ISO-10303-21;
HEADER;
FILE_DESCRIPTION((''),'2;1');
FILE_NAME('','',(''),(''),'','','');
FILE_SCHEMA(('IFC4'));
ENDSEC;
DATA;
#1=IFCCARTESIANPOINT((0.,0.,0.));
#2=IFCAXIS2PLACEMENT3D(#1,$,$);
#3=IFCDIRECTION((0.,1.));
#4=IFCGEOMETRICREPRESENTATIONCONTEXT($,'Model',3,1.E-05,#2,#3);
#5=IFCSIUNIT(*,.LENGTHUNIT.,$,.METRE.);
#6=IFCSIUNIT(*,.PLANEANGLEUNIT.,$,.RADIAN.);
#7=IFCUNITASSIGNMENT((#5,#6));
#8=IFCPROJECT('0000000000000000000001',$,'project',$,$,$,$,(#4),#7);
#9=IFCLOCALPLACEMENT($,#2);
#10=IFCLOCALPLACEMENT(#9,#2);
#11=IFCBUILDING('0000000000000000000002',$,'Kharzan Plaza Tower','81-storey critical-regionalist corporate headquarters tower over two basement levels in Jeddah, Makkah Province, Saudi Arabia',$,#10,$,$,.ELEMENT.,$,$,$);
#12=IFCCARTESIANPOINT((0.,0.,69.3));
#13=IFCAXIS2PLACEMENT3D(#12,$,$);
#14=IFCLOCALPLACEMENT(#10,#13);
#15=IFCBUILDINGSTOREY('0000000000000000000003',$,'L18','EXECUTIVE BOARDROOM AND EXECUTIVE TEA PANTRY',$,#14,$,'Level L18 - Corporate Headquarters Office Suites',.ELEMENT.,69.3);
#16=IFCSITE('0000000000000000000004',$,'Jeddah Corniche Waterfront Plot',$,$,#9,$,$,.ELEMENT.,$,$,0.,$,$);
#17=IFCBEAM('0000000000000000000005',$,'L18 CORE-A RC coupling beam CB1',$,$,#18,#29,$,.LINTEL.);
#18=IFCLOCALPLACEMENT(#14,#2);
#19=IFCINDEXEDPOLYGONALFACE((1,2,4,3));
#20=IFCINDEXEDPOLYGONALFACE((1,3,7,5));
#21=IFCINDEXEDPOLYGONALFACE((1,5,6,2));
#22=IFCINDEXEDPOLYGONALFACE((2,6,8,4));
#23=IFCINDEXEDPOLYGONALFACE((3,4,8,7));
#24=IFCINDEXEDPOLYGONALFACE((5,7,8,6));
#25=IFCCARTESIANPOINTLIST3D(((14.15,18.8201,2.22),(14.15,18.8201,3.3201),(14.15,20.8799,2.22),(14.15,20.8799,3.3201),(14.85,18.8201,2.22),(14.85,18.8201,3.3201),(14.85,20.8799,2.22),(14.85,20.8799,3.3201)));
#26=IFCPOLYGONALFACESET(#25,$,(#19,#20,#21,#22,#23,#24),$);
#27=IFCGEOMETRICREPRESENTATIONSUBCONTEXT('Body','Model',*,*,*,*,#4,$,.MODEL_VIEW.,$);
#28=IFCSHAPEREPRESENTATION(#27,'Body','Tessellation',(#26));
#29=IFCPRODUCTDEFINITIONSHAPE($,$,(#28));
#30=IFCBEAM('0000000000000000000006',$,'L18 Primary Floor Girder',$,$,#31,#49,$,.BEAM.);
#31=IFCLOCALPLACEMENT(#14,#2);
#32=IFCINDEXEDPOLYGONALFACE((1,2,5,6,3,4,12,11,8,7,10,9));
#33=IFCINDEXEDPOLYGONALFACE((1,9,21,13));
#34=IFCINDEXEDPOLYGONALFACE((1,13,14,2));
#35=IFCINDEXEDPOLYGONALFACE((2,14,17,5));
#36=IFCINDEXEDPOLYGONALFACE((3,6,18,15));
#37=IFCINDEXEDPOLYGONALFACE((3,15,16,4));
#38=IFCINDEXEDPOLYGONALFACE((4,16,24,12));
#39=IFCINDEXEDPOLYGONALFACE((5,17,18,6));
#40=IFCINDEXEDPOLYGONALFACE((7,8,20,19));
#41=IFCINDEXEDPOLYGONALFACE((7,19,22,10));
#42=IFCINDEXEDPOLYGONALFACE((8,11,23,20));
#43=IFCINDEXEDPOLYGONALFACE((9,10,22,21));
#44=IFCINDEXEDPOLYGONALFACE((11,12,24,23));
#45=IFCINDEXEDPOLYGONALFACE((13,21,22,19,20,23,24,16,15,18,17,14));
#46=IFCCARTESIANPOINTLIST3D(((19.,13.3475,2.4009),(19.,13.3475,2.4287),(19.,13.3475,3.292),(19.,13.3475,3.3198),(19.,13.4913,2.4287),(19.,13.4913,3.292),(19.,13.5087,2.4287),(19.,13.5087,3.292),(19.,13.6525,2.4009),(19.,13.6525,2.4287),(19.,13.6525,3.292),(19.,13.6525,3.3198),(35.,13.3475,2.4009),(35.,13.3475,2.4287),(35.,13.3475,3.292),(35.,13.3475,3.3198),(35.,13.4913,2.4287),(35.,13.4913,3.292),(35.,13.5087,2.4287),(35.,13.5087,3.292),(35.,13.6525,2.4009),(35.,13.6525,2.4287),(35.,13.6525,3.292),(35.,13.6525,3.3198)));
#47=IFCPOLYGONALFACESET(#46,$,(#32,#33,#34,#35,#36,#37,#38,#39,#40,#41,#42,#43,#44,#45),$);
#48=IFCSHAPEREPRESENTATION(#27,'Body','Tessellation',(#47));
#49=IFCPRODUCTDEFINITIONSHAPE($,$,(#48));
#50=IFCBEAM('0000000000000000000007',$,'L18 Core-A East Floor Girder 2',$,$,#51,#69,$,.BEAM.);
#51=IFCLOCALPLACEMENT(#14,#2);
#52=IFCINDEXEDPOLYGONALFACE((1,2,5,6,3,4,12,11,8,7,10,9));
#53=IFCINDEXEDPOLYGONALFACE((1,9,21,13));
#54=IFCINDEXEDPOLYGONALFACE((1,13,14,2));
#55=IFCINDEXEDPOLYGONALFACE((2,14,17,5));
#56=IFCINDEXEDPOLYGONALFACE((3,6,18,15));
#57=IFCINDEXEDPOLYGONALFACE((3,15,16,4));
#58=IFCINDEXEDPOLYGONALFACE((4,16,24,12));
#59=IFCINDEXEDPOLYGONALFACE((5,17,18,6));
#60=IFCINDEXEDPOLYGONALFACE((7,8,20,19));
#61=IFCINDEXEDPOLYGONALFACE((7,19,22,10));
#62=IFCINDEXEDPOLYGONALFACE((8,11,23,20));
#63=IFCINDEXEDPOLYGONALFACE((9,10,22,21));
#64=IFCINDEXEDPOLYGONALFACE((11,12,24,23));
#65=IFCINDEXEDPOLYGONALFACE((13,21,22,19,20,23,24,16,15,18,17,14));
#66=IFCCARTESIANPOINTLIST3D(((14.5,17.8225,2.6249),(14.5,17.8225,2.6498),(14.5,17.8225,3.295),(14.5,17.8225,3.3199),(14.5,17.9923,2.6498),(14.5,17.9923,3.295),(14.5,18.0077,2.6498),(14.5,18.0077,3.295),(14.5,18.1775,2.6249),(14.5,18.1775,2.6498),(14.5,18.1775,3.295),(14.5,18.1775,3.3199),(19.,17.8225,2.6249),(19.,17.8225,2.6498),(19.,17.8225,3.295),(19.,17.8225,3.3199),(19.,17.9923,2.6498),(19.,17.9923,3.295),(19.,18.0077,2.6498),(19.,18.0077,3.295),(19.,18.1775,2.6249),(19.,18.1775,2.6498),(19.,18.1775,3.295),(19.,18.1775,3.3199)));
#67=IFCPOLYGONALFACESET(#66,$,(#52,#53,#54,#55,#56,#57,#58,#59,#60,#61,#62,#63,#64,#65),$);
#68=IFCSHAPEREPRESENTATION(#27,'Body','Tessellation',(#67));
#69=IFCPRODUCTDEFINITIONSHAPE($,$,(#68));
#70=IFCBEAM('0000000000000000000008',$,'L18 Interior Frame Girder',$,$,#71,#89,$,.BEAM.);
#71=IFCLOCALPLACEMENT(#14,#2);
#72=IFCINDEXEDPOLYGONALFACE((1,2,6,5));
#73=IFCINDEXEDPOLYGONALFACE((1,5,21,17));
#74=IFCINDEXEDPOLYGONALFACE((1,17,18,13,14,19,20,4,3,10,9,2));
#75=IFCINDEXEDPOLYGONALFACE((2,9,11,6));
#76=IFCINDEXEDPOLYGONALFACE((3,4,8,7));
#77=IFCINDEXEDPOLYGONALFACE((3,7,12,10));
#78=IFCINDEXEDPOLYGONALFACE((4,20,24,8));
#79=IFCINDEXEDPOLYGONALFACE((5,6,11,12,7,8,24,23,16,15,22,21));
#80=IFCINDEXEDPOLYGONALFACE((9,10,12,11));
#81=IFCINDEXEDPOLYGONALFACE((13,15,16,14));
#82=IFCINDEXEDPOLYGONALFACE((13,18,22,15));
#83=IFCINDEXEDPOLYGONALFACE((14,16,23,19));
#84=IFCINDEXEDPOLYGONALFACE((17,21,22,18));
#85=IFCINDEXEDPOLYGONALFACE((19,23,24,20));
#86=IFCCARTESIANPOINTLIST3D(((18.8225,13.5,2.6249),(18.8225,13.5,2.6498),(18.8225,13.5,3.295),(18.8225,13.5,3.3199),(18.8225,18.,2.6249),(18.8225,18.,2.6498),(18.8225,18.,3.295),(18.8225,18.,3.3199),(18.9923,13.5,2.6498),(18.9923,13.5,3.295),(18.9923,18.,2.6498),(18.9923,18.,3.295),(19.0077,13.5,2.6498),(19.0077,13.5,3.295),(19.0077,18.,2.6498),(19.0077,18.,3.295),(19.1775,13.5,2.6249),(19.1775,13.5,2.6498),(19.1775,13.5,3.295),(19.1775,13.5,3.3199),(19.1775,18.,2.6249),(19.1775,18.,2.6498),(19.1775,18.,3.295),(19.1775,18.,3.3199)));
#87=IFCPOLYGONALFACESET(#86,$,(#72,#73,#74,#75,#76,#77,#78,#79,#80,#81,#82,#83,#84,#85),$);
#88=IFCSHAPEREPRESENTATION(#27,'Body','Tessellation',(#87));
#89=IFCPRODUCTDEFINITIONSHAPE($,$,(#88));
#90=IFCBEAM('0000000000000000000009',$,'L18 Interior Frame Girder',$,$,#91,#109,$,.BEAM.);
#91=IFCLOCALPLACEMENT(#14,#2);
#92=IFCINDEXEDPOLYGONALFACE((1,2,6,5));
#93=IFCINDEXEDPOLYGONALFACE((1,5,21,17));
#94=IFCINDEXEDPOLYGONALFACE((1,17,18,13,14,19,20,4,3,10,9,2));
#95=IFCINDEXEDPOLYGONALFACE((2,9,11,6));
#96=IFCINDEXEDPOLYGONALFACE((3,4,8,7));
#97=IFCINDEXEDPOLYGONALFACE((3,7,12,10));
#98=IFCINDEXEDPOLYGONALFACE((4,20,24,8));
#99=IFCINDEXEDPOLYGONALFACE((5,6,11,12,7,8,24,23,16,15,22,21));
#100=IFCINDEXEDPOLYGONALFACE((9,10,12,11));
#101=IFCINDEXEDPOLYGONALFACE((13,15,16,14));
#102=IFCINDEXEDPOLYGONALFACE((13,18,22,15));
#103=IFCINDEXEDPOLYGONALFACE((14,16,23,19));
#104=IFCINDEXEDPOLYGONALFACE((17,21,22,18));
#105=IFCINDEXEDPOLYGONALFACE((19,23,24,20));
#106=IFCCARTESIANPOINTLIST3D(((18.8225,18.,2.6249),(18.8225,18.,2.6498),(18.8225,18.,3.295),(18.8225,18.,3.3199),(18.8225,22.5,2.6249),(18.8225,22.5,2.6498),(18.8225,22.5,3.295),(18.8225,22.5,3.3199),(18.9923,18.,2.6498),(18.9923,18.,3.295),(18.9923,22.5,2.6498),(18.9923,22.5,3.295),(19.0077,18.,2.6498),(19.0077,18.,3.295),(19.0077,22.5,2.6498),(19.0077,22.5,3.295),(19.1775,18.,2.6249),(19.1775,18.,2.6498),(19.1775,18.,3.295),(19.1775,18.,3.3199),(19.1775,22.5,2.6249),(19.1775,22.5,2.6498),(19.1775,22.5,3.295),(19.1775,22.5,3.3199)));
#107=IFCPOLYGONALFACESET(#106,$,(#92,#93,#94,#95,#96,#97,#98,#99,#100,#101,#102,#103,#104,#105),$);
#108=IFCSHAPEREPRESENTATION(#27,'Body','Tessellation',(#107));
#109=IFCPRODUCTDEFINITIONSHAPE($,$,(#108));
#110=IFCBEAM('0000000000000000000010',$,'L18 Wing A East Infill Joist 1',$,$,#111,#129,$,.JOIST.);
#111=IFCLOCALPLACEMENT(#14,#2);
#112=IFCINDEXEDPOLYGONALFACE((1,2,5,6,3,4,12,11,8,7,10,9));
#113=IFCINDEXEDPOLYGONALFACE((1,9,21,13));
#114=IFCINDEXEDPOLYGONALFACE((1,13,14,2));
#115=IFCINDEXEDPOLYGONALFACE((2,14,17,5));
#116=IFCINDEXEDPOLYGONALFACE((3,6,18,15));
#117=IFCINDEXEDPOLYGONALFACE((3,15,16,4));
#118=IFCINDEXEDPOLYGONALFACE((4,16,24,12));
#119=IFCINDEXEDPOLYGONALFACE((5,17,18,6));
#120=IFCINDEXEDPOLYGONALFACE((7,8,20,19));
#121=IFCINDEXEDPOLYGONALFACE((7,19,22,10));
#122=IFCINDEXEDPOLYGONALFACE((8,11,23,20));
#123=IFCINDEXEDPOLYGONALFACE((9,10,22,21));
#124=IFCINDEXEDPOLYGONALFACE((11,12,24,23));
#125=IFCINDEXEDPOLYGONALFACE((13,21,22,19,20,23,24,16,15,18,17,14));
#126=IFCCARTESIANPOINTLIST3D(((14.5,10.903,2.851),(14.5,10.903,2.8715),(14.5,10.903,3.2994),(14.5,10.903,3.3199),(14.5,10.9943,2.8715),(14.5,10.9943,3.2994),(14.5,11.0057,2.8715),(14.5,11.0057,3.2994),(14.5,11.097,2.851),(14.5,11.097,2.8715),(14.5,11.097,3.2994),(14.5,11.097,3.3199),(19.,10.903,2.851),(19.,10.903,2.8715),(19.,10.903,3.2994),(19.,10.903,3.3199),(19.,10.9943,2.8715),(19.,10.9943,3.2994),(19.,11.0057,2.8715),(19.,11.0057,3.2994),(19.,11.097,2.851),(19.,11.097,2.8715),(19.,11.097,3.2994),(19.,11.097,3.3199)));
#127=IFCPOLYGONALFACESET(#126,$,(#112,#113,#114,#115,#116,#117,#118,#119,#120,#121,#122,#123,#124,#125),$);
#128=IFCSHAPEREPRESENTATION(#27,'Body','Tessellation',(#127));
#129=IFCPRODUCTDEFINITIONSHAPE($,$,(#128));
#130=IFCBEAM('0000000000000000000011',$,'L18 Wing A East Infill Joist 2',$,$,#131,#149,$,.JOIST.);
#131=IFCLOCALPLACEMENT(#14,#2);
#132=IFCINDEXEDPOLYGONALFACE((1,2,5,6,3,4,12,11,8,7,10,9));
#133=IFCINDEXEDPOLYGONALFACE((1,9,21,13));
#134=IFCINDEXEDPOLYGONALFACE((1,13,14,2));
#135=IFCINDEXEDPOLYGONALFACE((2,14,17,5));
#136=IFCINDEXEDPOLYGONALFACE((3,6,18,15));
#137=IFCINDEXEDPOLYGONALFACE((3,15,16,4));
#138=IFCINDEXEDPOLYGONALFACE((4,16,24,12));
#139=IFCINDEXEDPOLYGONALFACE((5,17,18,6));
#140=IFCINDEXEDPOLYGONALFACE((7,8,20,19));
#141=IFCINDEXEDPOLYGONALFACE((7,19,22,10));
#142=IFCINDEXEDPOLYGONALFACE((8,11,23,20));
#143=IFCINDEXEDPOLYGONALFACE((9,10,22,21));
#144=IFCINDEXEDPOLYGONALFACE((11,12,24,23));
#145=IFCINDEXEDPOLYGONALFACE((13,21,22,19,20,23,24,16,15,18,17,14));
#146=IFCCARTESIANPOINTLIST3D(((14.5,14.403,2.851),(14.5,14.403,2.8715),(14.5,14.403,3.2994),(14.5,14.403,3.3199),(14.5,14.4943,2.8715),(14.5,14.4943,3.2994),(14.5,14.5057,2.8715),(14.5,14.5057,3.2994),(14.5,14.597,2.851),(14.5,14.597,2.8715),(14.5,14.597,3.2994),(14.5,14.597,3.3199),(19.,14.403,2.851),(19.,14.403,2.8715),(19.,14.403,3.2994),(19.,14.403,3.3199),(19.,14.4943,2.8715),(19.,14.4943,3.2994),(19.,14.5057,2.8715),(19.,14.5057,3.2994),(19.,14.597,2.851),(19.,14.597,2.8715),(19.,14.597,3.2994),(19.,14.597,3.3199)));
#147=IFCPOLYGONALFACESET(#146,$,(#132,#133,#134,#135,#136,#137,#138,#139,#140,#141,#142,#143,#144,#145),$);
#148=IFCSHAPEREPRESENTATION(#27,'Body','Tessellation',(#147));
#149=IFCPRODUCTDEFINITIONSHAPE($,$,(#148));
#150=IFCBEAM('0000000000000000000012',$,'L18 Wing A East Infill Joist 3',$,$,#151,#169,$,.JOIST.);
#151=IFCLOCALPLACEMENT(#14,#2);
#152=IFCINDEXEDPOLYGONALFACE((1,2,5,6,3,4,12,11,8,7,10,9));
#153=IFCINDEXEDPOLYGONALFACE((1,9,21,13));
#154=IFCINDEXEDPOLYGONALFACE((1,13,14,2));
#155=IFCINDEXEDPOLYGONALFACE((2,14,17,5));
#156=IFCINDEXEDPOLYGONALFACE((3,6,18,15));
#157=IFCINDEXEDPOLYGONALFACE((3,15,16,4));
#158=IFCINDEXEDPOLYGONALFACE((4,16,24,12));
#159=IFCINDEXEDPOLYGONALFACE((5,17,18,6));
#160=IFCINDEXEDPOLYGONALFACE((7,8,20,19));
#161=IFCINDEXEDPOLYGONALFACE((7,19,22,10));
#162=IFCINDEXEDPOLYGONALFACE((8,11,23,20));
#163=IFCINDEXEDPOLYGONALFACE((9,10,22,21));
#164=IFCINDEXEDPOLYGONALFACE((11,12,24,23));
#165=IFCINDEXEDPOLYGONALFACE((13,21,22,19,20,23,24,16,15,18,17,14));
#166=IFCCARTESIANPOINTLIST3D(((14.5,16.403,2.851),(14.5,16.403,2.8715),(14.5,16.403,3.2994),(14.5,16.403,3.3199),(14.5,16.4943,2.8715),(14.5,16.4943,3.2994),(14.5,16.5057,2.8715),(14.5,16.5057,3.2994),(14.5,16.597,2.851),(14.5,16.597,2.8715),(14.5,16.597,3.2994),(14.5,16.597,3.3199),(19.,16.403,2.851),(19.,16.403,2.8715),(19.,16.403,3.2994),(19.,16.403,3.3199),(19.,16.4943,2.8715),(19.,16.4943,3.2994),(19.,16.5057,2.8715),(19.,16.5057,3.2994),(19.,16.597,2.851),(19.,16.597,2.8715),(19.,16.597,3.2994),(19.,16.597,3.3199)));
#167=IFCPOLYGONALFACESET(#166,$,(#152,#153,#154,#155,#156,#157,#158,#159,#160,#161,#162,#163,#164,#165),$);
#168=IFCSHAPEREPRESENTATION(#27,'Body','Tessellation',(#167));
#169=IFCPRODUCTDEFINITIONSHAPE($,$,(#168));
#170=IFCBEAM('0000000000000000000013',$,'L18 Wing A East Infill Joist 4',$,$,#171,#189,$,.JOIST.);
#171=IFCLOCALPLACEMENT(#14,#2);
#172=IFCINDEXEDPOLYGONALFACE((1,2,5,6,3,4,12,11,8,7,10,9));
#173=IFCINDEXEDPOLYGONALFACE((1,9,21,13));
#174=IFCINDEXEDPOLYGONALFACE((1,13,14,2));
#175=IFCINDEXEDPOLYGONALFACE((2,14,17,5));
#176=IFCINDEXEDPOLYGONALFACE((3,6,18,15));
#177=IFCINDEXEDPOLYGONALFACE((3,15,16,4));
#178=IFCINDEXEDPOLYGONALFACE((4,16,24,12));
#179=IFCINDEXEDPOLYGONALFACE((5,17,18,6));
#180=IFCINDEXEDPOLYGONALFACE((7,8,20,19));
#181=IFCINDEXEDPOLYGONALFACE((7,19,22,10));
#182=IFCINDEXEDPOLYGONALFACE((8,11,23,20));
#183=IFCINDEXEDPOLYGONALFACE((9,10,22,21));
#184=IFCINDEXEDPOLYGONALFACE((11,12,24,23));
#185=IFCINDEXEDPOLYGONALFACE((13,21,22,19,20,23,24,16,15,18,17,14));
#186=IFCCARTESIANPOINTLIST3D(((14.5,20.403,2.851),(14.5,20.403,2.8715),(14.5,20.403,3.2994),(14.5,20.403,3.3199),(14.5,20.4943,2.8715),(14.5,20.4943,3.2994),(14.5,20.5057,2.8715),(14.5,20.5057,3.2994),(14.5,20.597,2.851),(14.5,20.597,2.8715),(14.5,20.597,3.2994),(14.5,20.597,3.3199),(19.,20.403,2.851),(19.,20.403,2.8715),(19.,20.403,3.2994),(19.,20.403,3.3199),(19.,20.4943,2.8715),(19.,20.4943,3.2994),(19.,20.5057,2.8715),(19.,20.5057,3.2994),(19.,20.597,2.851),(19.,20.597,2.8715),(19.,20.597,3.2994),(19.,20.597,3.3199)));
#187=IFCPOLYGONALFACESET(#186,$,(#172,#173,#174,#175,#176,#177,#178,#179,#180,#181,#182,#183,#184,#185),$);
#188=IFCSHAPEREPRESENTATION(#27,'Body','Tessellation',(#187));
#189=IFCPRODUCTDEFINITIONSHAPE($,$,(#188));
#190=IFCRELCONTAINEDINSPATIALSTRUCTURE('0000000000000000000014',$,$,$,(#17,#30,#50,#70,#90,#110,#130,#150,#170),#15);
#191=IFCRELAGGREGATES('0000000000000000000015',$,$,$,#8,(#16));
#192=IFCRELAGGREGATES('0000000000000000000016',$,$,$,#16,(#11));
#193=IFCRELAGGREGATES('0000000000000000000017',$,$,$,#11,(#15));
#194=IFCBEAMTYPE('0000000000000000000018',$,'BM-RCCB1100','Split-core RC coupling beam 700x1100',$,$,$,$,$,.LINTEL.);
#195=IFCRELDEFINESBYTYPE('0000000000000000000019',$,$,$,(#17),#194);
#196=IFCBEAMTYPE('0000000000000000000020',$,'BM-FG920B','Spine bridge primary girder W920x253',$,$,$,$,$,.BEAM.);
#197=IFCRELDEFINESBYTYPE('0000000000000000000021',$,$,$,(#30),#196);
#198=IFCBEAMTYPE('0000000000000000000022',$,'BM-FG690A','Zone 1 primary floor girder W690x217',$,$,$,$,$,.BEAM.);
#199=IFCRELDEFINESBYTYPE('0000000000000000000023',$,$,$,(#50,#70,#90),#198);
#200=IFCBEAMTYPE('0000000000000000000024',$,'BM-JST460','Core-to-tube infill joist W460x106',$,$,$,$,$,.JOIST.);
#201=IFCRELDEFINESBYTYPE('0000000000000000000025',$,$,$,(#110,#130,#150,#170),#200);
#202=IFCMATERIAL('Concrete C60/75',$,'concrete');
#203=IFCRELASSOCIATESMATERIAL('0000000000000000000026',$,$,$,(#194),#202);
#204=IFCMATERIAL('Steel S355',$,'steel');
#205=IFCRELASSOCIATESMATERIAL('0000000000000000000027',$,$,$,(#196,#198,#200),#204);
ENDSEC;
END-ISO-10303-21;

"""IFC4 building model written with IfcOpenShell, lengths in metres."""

from ifc_helpers import new_model, si_unit, direction, frame, origin, origin_2d, place, context, subcontext, project, spatial, rectangle, i_section, extrude, source, transform, mapped, material, material_profile, profile_set, type_object, element, save


model = new_model("IFC4")

# Units and contexts
model_context = context("Model", 3, precision=1e-05, world=origin(), true_north=direction((0.0, 1.0)))
body_context = subcontext(model_context, "Body", "Model", "MODEL_VIEW")
ifc_project = project(units=[si_unit("LENGTHUNIT", "METRE"), si_unit("PLANEANGLEUNIT", "RADIAN")], contexts=[model_context])

# Site, building, storey
site_placement = place(None, origin())
site = spatial("IfcSite", under=ifc_project, at=site_placement, Name="Jeddah Corniche Waterfront Plot", CompositionType="ELEMENT", RefElevation=0.0)
building_placement = place(site_placement, origin())
building = spatial("IfcBuilding", under=site, at=building_placement, Name="Kharzan Plaza Tower", Description="81-storey critical-regionalist corporate headquarters tower over two basement levels in Jeddah, Makkah Province, Saudi Arabia", CompositionType="ELEMENT")
storey_placement = place(building_placement, frame((0.0, 0.0, 69.3)))
storey = spatial("IfcBuildingStorey", under=building, at=storey_placement, Name="L18", Description="EXECUTIVE BOARDROOM AND EXECUTIVE TEA PANTRY", LongName="Level L18 - Corporate Headquarters Office Suites", CompositionType="ELEMENT", Elevation=69.3)

# Beams
ifc_material_1 = material(Name="Concrete C60/75", Category="concrete")
ifc_material_profile_1 = material_profile(ifc_material_1, rectangle(XDim=0.7, YDim=1.1001, at=origin_2d()), Name="RC-CB1100x700")
ifc_profile_set_1 = profile_set([ifc_material_profile_1], Name="Concrete C60/75")
beam_type_1 = type_object("IfcBeamType", Name="BM-RCCB1100", Description="Split-core RC coupling beam 700x1100", PredefinedType="LINTEL", material=ifc_profile_set_1)
shared_shape_1 = source(origin(), body_context, "Body", "SweptSolid", [
    extrude(rectangle(XDim=0.7, YDim=1.1001, at=origin_2d()), origin(), (0.0, 0.0, 1.0), 2.0598),
])
beam_1_placement = place(storey_placement, frame((14.5, 18.8201, 2.77), z_axis=(0.0, 1.0, 0.0), x_axis=(-1.0, 0.0, 0.0)))
element("IfcBeam", 1, at=beam_1_placement, inside=storey, type_object=beam_type_1, Name="L18 CORE-A RC coupling beam CB1", PredefinedType="LINTEL", context=body_context, shape_type="MappedRepresentation", body=[
    mapped(shared_shape_1, transform((0.0, 0.0, 0.0), x_axis=(1.0, 0.0, 0.0), y_axis=(0.0, 1.0, 0.0), z_axis=(0.0, 0.0, 1.0))),
])
ifc_material_2 = material(Name="Steel S355", Category="steel")
ifc_material_profile_2 = material_profile(ifc_material_2, i_section(OverallWidth=0.3049, OverallDepth=0.9189, WebThickness=0.0173, FlangeThickness=0.0278, at=origin_2d()), Name="W920x253")
ifc_profile_set_2 = profile_set([ifc_material_profile_2], Name="Steel S355")
beam_type_2 = type_object("IfcBeamType", Name="BM-FG920B", Description="Spine bridge primary girder W920x253", PredefinedType="BEAM", material=ifc_profile_set_2)
shared_shape_2 = source(origin(), body_context, "Body", "SweptSolid", [
    extrude(i_section(OverallWidth=0.3049, OverallDepth=0.9189, WebThickness=0.0173, FlangeThickness=0.0278, at=origin_2d()), origin(), (0.0, 0.0, 1.0), 16.0),
])
beam_2_placement = place(storey_placement, frame((19.0, 13.5, 2.8604), z_axis=(1.0, 0.0, 0.0), x_axis=(0.0, 1.0, 0.0)))
element("IfcBeam", 2, at=beam_2_placement, inside=storey, type_object=beam_type_2, Name="L18 Primary Floor Girder", PredefinedType="BEAM", context=body_context, shape_type="MappedRepresentation", body=[
    mapped(shared_shape_2, transform((0.0, 0.0, 0.0), x_axis=(1.0, 0.0, 0.0), y_axis=(0.0, 1.0, 0.0), z_axis=(0.0, 0.0, 1.0))),
])
ifc_material_profile_3 = material_profile(ifc_material_2, i_section(OverallWidth=0.355, OverallDepth=0.6951, WebThickness=0.0154, FlangeThickness=0.0249, at=origin_2d()), Name="W690x217")
ifc_profile_set_3 = profile_set([ifc_material_profile_3], Name="Steel S355")
beam_type_3 = type_object("IfcBeamType", Name="BM-FG690A", Description="Zone 1 primary floor girder W690x217", PredefinedType="BEAM", material=ifc_profile_set_3)
shared_shape_3 = source(origin(), body_context, "Body", "SweptSolid", [
    extrude(i_section(OverallWidth=0.355, OverallDepth=0.6951, WebThickness=0.0154, FlangeThickness=0.0249, at=origin_2d()), origin(), (0.0, 0.0, 1.0), 4.5),
])
for number, where, z_axis, x_axis, name in (
    (3, (14.5, 18.0, 2.9724), (1.0, 0.0, 0.0), (0.0, 1.0, 0.0), "L18 Core-A East Floor Girder 2"),
    (4, (19.0, 13.5, 2.9724), (0.0, 1.0, 0.0), (-1.0, 0.0, 0.0), "L18 Interior Frame Girder"),
    (5, (19.0, 18.0, 2.9724), (0.0, 1.0, 0.0), (-1.0, 0.0, 0.0), "L18 Interior Frame Girder"),
):
    element("IfcBeam", number, at=place(storey_placement, frame(where, z_axis=z_axis, x_axis=x_axis)), inside=storey, type_object=beam_type_3, Name=name, PredefinedType="BEAM", context=body_context, shape_type="MappedRepresentation", body=[
        mapped(shared_shape_3, transform((0.0, 0.0, 0.0), x_axis=(1.0, 0.0, 0.0), y_axis=(0.0, 1.0, 0.0), z_axis=(0.0, 0.0, 1.0))),
    ])
ifc_material_profile_4 = material_profile(ifc_material_2, i_section(OverallWidth=0.1941, OverallDepth=0.469, WebThickness=0.0115, FlangeThickness=0.0205, at=origin_2d()), Name="W460x106")
ifc_profile_set_4 = profile_set([ifc_material_profile_4], Name="Steel S355")
beam_type_4 = type_object("IfcBeamType", Name="BM-JST460", Description="Core-to-tube infill joist W460x106", PredefinedType="JOIST", material=ifc_profile_set_4)
shared_shape_4 = source(origin(), body_context, "Body", "SweptSolid", [
    extrude(i_section(OverallWidth=0.1941, OverallDepth=0.469, WebThickness=0.0115, FlangeThickness=0.0205, at=origin_2d()), origin(), (0.0, 0.0, 1.0), 4.5),
])
for number, where, z_axis, x_axis, name in (
    (6, (14.5, 11.0, 3.0854), (1.0, 0.0, 0.0), (0.0, 1.0, 0.0), "L18 Wing A East Infill Joist 1"),
    (7, (14.5, 14.5, 3.0854), (1.0, 0.0, 0.0), (0.0, 1.0, 0.0), "L18 Wing A East Infill Joist 2"),
    (8, (14.5, 16.5, 3.0854), (1.0, 0.0, 0.0), (0.0, 1.0, 0.0), "L18 Wing A East Infill Joist 3"),
    (9, (14.5, 20.5, 3.0854), (1.0, 0.0, 0.0), (0.0, 1.0, 0.0), "L18 Wing A East Infill Joist 4"),
):
    element("IfcBeam", number, at=place(storey_placement, frame(where, z_axis=z_axis, x_axis=x_axis)), inside=storey, type_object=beam_type_4, Name=name, PredefinedType="JOIST", context=body_context, shape_type="MappedRepresentation", body=[
        mapped(shared_shape_4, transform((0.0, 0.0, 0.0), x_axis=(1.0, 0.0, 0.0), y_axis=(0.0, 1.0, 0.0), z_axis=(0.0, 0.0, 1.0))),
    ])

save(model, "model.ifc")
